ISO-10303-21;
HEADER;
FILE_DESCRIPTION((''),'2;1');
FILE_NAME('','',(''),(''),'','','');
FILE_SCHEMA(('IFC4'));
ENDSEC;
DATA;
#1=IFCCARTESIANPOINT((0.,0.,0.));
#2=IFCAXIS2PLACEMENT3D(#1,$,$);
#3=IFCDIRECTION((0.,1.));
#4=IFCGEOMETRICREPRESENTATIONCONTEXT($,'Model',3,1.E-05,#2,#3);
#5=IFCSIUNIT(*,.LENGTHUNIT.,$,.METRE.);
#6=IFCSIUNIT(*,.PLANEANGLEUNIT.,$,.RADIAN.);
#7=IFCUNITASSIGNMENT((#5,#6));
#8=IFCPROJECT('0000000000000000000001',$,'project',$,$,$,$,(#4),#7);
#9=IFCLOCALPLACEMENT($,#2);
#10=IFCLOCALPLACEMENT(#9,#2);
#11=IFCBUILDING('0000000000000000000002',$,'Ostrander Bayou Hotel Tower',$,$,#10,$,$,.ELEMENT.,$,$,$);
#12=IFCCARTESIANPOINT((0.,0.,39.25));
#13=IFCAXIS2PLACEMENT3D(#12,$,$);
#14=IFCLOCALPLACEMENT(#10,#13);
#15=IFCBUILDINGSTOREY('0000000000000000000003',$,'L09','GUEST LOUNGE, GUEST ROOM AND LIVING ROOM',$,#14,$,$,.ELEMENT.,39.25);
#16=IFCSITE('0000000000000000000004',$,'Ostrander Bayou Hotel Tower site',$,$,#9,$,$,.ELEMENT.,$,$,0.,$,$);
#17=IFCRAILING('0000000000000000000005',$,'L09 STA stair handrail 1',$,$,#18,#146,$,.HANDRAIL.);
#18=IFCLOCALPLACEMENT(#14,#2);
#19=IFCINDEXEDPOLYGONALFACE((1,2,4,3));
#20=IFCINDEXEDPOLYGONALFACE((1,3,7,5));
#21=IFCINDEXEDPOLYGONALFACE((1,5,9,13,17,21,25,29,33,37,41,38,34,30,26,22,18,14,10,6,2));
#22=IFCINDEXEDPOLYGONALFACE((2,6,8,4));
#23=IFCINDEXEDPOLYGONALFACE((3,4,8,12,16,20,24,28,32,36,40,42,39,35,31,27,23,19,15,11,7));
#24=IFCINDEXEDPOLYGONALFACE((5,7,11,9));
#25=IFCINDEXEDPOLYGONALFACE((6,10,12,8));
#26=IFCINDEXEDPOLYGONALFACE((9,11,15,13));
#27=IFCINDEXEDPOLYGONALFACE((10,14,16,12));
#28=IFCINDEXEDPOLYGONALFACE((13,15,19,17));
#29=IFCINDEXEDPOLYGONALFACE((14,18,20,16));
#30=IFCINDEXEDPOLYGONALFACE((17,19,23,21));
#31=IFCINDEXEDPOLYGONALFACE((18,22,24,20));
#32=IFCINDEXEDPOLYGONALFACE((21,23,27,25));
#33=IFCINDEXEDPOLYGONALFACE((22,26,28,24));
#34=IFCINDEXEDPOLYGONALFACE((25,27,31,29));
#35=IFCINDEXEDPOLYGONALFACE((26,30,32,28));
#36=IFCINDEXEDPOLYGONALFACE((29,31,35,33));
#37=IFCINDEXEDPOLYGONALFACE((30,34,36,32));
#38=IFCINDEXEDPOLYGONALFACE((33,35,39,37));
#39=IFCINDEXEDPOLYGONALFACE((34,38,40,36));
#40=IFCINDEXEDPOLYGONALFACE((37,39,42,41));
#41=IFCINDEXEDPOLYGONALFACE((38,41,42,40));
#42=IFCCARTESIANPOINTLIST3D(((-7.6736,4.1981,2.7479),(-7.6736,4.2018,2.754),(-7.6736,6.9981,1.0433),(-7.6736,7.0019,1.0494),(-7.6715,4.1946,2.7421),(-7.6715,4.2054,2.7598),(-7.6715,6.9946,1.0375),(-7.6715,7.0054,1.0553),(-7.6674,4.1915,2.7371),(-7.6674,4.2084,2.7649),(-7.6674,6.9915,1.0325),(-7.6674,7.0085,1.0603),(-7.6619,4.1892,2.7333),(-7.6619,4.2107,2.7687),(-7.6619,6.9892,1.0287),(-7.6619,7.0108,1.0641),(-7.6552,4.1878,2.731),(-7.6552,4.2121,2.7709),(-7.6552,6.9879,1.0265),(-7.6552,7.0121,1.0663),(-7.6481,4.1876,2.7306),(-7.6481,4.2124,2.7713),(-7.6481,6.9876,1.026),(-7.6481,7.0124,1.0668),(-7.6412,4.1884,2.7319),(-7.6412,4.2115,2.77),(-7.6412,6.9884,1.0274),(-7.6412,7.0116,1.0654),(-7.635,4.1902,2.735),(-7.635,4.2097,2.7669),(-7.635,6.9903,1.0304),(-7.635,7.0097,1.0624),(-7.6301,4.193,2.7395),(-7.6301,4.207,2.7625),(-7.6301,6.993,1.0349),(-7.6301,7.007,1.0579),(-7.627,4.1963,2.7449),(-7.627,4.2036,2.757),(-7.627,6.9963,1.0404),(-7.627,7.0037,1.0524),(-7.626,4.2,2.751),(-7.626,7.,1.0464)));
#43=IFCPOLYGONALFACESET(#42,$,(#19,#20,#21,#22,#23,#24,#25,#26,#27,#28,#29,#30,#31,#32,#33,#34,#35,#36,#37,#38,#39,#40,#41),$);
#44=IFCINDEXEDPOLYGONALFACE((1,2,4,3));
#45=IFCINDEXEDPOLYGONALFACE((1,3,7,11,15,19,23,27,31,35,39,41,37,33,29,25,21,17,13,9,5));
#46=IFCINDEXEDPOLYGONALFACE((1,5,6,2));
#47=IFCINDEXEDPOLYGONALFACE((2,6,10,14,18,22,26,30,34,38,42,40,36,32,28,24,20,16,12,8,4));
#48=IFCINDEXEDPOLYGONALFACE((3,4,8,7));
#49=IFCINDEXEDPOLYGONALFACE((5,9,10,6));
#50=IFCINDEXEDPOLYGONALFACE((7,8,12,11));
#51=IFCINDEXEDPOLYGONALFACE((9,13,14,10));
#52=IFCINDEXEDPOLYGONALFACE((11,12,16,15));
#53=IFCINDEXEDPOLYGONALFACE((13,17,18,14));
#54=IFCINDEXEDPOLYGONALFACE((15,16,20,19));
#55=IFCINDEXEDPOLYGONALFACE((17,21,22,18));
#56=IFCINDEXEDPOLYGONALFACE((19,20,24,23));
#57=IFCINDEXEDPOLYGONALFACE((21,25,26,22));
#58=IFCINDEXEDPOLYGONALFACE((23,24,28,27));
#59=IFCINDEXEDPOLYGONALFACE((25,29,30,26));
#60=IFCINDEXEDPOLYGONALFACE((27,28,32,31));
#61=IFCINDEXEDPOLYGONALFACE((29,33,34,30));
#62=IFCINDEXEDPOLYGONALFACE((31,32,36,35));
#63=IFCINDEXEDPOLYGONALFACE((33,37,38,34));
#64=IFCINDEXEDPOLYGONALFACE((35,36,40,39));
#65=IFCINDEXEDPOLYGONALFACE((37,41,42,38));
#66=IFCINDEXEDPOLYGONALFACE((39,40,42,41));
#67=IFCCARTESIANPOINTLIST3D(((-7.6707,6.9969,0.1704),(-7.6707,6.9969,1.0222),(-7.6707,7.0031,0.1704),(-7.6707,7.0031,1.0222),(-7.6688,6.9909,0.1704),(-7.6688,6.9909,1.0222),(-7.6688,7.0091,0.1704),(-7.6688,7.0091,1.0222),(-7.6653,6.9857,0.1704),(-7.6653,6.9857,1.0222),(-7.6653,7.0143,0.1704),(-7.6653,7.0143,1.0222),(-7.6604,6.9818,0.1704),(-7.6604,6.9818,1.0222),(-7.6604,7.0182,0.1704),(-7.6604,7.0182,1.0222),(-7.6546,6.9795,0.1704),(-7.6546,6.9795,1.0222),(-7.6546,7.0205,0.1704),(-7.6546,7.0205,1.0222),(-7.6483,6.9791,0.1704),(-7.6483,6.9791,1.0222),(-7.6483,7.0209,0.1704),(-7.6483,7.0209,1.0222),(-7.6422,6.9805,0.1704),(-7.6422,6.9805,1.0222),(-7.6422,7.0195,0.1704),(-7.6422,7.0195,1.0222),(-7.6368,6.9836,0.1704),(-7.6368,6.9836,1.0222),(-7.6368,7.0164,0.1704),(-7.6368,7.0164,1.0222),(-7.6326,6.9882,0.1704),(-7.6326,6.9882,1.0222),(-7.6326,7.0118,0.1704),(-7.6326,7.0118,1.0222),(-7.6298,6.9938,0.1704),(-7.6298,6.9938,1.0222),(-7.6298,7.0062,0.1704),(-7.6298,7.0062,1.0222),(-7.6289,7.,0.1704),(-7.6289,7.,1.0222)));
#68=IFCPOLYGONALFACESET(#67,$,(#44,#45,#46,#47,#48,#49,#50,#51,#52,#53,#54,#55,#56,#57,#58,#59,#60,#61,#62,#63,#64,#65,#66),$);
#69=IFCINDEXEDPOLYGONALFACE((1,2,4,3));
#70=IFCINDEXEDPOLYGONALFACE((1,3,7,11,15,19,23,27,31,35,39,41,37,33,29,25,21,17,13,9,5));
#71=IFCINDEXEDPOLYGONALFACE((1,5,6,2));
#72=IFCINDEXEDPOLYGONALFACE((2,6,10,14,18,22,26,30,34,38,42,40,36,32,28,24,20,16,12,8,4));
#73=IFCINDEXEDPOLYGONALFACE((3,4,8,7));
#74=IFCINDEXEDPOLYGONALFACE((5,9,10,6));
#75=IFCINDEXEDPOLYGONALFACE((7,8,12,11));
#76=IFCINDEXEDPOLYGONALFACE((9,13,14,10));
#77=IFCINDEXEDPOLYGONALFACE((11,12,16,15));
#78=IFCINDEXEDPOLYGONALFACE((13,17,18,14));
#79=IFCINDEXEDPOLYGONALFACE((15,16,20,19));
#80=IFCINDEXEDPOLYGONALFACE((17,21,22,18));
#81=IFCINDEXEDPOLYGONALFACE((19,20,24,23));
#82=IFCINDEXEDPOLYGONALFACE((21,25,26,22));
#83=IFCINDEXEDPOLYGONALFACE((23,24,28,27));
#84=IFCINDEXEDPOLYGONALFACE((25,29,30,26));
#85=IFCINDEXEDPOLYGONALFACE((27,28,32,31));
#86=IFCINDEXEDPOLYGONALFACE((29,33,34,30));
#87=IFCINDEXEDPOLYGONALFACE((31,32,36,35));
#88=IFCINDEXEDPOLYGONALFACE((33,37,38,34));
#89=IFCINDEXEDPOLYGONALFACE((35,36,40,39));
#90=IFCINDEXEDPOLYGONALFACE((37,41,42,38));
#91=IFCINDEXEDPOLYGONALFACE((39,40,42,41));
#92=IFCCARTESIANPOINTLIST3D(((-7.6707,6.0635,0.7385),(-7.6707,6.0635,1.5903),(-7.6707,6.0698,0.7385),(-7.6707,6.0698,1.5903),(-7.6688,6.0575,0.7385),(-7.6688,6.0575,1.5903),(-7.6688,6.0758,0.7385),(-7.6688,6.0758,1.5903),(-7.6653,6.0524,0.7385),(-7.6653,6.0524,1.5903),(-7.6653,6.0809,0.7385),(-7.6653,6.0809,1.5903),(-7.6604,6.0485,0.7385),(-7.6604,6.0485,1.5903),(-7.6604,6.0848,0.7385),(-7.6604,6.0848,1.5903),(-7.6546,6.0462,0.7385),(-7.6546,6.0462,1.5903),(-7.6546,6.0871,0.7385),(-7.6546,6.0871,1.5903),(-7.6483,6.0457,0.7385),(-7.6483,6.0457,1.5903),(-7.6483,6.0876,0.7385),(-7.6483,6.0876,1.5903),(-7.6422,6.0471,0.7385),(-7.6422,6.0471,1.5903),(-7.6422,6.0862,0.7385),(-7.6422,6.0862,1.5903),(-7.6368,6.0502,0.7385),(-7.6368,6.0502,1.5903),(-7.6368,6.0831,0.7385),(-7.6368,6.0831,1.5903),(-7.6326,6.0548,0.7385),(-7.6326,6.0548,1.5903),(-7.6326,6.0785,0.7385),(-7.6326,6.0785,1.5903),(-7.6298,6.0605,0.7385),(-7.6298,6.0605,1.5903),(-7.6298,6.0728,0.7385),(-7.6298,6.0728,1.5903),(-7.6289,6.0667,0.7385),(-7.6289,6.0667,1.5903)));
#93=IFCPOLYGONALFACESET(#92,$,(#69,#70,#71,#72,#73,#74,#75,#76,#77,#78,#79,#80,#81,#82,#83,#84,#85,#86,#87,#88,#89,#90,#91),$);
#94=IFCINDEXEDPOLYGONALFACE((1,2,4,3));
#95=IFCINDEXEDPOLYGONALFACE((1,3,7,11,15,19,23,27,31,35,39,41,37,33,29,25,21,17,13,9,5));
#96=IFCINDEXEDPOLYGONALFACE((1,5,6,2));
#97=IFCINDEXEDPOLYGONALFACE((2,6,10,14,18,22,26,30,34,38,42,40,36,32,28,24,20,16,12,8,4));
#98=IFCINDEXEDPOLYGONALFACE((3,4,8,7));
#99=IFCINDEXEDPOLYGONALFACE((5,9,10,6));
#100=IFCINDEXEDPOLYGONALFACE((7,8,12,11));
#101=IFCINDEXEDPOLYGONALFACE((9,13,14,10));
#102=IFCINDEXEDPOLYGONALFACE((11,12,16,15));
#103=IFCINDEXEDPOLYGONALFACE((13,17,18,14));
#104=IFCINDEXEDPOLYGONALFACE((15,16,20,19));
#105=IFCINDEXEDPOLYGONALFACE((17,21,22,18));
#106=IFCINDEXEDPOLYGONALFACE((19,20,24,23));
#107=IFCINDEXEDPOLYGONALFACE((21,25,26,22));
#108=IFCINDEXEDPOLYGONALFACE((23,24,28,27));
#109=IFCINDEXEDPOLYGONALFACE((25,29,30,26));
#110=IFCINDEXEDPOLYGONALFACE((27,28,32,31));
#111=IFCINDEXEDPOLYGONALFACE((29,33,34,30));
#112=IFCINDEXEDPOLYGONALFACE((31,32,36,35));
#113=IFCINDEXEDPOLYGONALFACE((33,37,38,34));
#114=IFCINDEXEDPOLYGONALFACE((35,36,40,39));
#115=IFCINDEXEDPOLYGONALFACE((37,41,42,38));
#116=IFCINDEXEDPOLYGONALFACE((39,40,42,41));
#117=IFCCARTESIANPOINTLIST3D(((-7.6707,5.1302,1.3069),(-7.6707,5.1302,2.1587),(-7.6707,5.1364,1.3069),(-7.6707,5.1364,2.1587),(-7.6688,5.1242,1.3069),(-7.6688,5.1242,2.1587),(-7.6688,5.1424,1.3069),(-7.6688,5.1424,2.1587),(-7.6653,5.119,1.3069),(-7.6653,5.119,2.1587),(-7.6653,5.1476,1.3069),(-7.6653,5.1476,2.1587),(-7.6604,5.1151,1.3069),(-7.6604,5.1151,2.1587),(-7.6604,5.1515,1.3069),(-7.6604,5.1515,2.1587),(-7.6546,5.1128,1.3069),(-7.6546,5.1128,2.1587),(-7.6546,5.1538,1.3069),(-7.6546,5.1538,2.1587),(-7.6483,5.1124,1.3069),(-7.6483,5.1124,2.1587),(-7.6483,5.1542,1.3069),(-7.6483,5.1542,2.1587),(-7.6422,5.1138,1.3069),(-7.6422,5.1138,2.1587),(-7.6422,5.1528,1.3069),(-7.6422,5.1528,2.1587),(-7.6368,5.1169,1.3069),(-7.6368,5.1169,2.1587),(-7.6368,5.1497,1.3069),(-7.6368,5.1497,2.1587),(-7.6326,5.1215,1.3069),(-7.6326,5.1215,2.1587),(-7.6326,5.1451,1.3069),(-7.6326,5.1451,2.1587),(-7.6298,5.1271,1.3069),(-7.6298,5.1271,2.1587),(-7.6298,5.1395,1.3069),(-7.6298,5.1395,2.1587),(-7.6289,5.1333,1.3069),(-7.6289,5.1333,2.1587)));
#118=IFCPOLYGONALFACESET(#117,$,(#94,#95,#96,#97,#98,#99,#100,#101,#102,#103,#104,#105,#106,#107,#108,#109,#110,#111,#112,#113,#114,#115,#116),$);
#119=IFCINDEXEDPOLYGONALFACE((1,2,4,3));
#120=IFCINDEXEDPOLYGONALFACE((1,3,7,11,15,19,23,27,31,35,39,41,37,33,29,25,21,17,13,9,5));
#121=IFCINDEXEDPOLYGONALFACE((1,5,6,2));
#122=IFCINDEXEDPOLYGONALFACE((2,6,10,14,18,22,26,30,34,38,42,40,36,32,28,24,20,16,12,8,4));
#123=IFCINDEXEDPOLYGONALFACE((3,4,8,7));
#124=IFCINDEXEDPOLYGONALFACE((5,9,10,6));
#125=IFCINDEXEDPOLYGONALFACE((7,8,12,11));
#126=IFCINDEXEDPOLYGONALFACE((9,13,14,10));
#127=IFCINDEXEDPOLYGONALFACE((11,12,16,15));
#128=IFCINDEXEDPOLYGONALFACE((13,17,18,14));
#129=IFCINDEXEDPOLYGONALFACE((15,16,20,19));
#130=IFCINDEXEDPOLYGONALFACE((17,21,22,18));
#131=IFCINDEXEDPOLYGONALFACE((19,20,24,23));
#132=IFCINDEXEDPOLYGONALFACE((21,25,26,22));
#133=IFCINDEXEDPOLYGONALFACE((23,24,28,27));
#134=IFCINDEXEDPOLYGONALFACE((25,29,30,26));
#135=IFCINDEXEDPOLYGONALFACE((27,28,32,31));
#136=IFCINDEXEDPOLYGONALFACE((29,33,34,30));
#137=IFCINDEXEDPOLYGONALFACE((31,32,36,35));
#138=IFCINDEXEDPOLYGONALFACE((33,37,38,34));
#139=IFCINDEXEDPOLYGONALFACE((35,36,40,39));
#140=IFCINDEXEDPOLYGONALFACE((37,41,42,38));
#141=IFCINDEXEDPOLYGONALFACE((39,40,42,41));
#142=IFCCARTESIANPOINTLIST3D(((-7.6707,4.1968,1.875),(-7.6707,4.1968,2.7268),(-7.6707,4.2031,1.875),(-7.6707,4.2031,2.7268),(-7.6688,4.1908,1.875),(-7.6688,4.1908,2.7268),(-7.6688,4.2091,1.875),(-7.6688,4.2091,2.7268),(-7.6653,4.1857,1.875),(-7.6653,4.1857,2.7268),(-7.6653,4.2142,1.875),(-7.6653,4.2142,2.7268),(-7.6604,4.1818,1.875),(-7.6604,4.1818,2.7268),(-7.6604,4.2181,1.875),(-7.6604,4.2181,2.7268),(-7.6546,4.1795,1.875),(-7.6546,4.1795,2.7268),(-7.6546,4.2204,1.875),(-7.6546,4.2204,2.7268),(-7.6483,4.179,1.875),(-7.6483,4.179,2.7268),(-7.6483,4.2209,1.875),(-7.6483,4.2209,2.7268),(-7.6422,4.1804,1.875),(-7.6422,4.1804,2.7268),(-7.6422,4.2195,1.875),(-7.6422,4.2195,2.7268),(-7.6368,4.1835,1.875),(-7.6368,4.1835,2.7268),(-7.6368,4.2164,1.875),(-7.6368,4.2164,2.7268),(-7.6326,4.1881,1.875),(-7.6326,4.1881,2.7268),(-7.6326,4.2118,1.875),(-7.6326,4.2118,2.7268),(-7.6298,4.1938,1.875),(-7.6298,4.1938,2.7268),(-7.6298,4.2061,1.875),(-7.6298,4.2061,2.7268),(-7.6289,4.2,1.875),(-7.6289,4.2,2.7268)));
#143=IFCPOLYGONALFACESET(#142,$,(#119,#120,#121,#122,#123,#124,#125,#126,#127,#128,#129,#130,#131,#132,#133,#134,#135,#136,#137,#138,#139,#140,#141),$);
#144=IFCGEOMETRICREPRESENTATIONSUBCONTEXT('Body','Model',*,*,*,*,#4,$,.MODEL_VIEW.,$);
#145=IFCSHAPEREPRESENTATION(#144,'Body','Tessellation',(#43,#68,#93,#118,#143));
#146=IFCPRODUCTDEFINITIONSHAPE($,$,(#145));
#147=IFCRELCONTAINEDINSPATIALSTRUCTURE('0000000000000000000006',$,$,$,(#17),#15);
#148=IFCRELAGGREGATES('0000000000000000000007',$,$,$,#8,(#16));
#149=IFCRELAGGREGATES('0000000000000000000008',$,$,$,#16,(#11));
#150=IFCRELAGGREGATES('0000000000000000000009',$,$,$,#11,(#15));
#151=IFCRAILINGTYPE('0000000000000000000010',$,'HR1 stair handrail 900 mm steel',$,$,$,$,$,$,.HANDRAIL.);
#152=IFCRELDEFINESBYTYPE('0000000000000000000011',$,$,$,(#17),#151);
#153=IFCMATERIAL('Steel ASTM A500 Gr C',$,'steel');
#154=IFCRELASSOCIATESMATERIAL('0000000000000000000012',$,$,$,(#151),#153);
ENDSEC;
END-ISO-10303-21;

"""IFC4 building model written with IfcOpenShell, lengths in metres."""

from ifc_helpers import new_model, si_unit, direction, frame, origin, origin_2d, place, context, subcontext, project, spatial, circle, extrude, material, type_object, element, save


model = new_model("IFC4")

# Units and contexts
model_context = context("Model", 3, precision=1e-05, world=origin(), true_north=direction((0.0, 1.0)))
body_context = subcontext(model_context, "Body", "Model", "MODEL_VIEW")
ifc_project = project(units=[si_unit("LENGTHUNIT", "METRE"), si_unit("PLANEANGLEUNIT", "RADIAN")], contexts=[model_context])

# Site, building, storey
site_placement = place(None, origin())
site = spatial("IfcSite", under=ifc_project, at=site_placement, Name="Ostrander Bayou Hotel Tower site", CompositionType="ELEMENT", RefElevation=0.0)
building_placement = place(site_placement, origin())
building = spatial("IfcBuilding", under=site, at=building_placement, Name="Ostrander Bayou Hotel Tower", CompositionType="ELEMENT")
storey_placement = place(building_placement, frame((0.0, 0.0, 39.25)))
storey = spatial("IfcBuildingStorey", under=building, at=storey_placement, Name="L09", Description="GUEST LOUNGE, GUEST ROOM AND LIVING ROOM", CompositionType="ELEMENT", Elevation=39.25)

# Railing
ifc_material_1 = material(Name="Steel ASTM A500 Gr C", Category="steel")
railing_type_1 = type_object("IfcRailingType", Name="HR1 stair handrail 900 mm steel", PredefinedType="HANDRAIL", material=ifc_material_1)
railing_1_placement = place(storey_placement, frame((-7.6499, 7.0, 0.1704)))
element("IfcRailing", 1, at=railing_1_placement, inside=storey, type_object=railing_type_1, Name="L09 STA stair handrail 1", PredefinedType="HANDRAIL", context=body_context, shape_type="SweptSolid", body=[
    extrude(circle(Radius=0.0239, at=origin_2d()), frame((0.0, 0.0, 0.876), z_axis=(0.0, -0.85417, 0.519994), x_axis=(1.0, 0.0, 0.0)), (0.0, 0.0, 1.0), 3.2781),
    extrude(circle(Radius=0.021, at=origin_2d()), origin(), (0.0, 0.0, 1.0), 0.8518),
    extrude(circle(Radius=0.021, at=origin_2d()), frame((0.0, -0.9333, 0.5681)), (0.0, 0.0, 1.0), 0.8518),
    extrude(circle(Radius=0.021, at=origin_2d()), frame((0.0, -1.8667, 1.1365)), (0.0, 0.0, 1.0), 0.8518),
    extrude(circle(Radius=0.021, at=origin_2d()), frame((0.0, -2.8, 1.7046)), (0.0, 0.0, 1.0), 0.8518),
])

save(model, "model.ifc")
